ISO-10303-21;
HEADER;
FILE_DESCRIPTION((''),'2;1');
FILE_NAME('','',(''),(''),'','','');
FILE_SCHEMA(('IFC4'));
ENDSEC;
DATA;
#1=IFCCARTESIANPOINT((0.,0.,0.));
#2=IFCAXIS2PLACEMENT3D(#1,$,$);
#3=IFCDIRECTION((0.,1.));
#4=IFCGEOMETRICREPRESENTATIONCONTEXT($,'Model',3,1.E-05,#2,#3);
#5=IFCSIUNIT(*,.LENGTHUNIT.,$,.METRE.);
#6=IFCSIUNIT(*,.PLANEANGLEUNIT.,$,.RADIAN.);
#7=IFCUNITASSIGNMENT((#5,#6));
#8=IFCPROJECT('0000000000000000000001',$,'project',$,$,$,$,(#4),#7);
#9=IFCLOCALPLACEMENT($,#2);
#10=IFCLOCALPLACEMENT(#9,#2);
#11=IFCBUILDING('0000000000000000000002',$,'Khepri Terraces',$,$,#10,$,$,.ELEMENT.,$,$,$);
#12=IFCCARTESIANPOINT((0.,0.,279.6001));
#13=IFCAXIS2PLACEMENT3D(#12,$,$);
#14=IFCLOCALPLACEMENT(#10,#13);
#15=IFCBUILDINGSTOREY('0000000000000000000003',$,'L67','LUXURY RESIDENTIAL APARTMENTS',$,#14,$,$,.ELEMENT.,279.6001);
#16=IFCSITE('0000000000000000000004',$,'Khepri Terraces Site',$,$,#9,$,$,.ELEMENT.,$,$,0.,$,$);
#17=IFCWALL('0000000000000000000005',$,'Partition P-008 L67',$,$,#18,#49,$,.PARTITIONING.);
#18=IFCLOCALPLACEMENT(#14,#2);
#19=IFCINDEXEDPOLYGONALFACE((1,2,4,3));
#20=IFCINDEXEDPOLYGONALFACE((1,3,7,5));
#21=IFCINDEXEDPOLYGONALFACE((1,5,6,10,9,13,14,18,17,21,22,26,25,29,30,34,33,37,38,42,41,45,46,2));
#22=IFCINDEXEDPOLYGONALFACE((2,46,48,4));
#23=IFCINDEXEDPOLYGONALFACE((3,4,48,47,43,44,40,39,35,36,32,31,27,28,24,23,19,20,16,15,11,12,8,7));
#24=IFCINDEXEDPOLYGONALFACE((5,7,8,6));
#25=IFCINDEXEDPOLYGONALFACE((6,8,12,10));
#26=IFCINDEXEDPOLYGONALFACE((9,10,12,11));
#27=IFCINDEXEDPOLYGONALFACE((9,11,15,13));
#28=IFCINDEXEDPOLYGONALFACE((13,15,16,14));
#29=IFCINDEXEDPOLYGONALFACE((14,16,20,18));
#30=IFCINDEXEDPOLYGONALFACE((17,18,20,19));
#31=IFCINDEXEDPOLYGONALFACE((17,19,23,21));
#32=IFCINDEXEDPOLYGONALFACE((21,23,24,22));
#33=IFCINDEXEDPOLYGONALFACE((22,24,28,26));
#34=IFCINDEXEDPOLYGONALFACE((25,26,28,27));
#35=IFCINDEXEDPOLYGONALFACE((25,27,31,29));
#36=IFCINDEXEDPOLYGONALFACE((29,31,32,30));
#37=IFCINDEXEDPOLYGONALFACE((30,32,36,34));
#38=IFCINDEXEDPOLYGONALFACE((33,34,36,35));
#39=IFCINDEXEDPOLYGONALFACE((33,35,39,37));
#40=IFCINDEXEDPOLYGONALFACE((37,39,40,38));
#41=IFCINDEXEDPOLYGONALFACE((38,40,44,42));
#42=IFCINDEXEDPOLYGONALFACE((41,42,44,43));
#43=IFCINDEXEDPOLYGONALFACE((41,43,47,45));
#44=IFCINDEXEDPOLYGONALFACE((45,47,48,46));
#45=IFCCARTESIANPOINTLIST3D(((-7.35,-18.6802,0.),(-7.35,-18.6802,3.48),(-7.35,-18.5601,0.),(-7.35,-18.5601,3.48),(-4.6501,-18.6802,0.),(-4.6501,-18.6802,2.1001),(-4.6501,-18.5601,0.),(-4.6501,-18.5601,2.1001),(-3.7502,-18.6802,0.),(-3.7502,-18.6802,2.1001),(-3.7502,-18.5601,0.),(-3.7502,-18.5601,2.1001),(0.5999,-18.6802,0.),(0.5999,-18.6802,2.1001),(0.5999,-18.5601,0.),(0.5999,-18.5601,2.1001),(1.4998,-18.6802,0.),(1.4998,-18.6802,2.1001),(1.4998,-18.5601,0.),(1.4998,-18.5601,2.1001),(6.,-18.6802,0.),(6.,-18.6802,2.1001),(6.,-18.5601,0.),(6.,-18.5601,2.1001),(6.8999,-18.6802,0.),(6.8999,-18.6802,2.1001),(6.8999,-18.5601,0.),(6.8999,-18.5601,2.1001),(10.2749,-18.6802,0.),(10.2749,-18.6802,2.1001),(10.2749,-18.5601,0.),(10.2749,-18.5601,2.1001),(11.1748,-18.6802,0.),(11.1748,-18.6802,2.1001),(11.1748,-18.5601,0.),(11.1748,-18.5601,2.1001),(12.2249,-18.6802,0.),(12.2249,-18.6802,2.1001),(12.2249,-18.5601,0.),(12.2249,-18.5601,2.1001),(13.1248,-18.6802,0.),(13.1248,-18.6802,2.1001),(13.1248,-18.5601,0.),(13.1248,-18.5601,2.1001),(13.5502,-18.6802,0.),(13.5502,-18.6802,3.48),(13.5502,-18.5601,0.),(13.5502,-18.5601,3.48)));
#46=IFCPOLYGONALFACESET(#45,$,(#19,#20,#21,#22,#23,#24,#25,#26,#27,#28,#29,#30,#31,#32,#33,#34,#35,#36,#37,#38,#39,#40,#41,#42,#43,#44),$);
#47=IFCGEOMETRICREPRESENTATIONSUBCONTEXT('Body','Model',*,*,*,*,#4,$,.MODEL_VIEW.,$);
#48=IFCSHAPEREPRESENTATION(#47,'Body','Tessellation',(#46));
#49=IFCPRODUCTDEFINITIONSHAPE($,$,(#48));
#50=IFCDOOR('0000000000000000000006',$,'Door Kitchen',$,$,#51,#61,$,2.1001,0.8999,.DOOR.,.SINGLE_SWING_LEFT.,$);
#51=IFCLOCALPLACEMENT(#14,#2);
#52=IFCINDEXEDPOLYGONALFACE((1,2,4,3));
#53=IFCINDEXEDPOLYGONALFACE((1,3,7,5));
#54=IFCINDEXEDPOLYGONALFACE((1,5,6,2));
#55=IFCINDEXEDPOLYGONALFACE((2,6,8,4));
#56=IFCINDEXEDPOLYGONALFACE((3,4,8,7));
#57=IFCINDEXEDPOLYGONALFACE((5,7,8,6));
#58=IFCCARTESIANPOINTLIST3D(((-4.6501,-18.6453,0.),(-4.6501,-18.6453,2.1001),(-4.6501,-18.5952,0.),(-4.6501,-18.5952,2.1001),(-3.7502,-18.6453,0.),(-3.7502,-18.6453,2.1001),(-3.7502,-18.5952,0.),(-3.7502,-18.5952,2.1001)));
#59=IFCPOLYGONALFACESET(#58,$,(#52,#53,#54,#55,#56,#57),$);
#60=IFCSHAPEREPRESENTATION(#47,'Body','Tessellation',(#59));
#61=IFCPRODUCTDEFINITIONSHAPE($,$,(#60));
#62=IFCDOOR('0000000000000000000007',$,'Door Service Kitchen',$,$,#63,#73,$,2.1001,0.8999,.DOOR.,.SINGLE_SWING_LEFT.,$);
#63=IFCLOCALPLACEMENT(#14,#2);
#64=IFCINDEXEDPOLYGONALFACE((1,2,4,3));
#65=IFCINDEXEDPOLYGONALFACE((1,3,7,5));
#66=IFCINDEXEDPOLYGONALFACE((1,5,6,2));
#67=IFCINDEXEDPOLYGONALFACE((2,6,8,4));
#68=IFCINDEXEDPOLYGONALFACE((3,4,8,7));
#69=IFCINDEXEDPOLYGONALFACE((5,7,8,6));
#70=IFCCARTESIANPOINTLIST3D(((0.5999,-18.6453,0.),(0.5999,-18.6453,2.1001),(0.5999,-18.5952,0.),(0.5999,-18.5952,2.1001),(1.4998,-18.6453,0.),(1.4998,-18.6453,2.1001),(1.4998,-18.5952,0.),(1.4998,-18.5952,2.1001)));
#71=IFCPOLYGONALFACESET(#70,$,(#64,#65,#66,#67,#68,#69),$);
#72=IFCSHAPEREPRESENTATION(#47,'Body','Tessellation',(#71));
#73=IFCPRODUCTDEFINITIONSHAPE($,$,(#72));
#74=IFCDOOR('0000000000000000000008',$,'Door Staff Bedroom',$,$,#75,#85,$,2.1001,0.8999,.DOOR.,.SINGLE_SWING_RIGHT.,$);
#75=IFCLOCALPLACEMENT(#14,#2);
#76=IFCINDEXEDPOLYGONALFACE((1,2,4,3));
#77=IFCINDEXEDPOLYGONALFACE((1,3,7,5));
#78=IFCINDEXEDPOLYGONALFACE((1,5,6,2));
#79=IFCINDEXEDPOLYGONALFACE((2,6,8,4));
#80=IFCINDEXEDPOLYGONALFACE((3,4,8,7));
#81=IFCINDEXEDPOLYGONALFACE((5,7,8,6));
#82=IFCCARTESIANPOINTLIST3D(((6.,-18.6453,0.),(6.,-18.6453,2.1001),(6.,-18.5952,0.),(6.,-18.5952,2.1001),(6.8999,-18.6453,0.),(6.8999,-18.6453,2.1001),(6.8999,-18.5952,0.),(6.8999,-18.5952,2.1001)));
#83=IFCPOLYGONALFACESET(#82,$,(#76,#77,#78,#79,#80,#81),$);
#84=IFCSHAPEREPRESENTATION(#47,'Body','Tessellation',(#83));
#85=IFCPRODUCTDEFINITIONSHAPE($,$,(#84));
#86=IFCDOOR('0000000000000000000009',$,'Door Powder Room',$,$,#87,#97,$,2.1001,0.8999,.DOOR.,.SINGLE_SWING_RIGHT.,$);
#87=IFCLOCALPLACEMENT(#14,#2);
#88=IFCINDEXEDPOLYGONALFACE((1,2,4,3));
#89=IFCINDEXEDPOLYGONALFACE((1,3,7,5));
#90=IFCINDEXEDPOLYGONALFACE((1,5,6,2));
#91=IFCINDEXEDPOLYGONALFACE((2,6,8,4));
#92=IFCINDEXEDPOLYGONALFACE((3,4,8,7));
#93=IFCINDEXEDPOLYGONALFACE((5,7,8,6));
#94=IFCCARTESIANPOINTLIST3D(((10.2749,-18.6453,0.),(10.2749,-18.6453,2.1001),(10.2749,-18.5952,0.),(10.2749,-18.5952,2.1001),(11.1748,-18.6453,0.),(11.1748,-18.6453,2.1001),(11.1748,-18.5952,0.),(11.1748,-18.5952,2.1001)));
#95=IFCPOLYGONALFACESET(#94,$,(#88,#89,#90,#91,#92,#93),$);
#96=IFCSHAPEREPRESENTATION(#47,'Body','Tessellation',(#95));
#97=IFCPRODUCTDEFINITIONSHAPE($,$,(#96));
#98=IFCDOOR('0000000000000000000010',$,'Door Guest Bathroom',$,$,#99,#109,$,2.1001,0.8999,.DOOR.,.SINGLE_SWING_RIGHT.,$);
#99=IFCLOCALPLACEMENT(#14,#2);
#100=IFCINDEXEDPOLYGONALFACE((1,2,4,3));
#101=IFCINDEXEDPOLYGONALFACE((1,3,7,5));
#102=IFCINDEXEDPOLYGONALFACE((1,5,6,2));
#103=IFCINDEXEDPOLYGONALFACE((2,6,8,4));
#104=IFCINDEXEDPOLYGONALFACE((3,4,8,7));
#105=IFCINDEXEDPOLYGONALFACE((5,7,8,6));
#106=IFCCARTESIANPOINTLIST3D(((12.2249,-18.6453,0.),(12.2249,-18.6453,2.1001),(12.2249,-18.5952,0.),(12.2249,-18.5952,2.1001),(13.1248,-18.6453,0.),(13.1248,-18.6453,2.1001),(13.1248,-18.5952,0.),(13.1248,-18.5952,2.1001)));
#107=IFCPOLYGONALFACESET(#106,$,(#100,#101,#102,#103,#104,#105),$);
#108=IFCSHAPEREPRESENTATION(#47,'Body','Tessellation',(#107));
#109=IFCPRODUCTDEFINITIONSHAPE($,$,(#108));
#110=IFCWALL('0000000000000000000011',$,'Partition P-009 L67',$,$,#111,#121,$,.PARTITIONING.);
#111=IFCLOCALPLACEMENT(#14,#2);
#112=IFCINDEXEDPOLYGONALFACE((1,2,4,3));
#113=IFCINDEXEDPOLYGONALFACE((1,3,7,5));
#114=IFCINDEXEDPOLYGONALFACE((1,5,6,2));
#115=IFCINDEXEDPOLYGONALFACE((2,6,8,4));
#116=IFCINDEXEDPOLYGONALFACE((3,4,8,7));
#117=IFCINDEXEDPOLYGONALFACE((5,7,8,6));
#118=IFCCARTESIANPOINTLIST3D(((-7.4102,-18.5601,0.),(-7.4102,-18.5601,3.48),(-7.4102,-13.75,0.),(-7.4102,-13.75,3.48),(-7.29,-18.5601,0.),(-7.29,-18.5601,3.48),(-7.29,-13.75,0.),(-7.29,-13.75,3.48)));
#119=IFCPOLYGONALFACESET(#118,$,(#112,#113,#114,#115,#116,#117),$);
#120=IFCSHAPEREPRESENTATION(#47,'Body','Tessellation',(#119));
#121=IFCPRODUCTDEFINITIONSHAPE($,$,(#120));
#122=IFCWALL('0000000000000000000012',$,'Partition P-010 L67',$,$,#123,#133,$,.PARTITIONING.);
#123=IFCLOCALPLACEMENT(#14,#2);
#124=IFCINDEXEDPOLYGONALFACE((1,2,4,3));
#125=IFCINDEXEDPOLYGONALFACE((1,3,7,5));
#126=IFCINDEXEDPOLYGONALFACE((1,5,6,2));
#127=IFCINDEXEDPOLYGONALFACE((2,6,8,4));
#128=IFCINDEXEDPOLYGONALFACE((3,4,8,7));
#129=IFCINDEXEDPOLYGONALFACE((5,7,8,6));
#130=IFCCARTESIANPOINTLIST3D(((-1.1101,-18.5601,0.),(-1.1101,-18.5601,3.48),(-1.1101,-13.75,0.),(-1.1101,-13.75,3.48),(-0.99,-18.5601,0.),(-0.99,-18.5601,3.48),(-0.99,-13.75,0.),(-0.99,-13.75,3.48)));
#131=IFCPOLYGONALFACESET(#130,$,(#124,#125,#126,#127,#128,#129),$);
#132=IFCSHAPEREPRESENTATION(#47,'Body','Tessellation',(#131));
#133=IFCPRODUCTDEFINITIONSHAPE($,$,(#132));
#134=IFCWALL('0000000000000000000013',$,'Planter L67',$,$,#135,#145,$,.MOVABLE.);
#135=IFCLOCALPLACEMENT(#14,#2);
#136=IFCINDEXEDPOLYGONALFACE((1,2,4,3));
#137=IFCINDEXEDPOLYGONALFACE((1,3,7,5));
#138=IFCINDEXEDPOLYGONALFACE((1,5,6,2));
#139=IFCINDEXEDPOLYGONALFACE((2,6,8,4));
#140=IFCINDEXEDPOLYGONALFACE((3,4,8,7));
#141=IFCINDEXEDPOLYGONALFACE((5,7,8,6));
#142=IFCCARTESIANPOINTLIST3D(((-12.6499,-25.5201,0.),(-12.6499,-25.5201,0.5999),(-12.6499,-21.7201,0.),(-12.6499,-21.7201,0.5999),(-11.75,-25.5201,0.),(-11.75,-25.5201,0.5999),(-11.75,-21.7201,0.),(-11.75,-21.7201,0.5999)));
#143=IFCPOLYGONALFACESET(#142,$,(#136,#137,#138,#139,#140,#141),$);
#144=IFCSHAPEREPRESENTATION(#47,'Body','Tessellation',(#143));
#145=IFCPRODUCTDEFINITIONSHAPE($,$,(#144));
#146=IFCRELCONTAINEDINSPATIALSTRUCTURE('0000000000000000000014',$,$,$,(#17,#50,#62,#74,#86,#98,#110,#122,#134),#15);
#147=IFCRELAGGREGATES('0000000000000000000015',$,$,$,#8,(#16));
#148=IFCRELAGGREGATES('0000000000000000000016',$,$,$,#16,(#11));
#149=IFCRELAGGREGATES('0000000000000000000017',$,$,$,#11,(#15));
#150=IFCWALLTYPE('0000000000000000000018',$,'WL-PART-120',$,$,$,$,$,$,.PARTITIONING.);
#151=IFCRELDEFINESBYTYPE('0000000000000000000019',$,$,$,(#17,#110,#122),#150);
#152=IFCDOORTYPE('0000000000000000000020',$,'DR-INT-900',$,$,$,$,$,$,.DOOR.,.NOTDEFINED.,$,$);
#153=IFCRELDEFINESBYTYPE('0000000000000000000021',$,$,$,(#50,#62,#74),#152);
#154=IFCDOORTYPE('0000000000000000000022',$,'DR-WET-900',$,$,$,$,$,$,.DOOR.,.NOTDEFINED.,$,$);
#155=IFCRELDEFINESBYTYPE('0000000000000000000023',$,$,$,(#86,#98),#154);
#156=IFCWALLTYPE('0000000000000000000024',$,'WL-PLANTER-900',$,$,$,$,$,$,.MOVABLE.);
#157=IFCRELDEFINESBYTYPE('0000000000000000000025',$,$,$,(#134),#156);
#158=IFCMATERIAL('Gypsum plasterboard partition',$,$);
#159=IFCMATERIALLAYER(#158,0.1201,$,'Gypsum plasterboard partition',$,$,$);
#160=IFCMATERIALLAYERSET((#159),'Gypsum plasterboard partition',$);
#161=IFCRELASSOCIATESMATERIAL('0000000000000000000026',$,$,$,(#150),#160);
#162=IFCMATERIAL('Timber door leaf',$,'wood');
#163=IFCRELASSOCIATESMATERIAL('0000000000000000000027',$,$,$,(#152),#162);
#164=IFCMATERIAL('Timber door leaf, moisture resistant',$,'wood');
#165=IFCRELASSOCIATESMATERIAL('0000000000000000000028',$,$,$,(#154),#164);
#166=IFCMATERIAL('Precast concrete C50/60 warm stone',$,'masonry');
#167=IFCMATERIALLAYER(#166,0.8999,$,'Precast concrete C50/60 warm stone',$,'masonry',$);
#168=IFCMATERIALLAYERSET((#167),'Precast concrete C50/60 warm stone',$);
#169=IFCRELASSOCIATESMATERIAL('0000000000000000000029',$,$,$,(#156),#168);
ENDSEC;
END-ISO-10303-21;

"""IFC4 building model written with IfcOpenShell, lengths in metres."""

from ifc_helpers import new_model, si_unit, direction, frame, frame_2d, origin, place, context, subcontext, project, spatial, rectangle, extrude, material, layer, layer_set, type_object, element, fill, save


model = new_model("IFC4")

# Units and contexts
model_context = context("Model", 3, precision=1e-05, world=origin(), true_north=direction((0.0, 1.0)))
body_context = subcontext(model_context, "Body", "Model", "MODEL_VIEW")
ifc_project = project(units=[si_unit("LENGTHUNIT", "METRE"), si_unit("PLANEANGLEUNIT", "RADIAN")], contexts=[model_context])

# Site, building, storey
site_placement = place(None, origin())
site = spatial("IfcSite", under=ifc_project, at=site_placement, Name="Khepri Terraces Site", CompositionType="ELEMENT", RefElevation=0.0)
building_placement = place(site_placement, origin())
building = spatial("IfcBuilding", under=site, at=building_placement, Name="Khepri Terraces", CompositionType="ELEMENT")
storey_placement = place(building_placement, frame((0.0, 0.0, 279.6001)))
storey = spatial("IfcBuildingStorey", under=building, at=storey_placement, Name="L67", Description="LUXURY RESIDENTIAL APARTMENTS", CompositionType="ELEMENT", Elevation=279.6001)

# Wall, openings, doors
ifc_material_1 = material(Name="Gypsum plasterboard partition")
ifc_layer_1 = layer(ifc_material_1, 0.1201, Name="Gypsum plasterboard partition")
ifc_layer_set_1 = layer_set([ifc_layer_1], Name="Gypsum plasterboard partition")
wall_type_1 = type_object("IfcWallType", Name="WL-PART-120", PredefinedType="PARTITIONING", material=ifc_layer_set_1)
wall_1_placement = place(storey_placement, frame((-7.3501, -18.6201, 0.0), z_axis=(0.0, 0.0, 1.0), x_axis=(1.0, 0.0, 0.0)))
wall_1 = element("IfcWall", 1, at=wall_1_placement, inside=storey, type_object=wall_type_1, Name="Partition P-008 L67", PredefinedType="PARTITIONING", context=body_context, shape_type="SweptSolid", body=[
    extrude(rectangle(XDim=20.9001, YDim=0.1201, at=frame_2d((10.4502, 0.0))), origin(), (0.0, 0.0, 1.0), 3.48),
])
opening_1_placement = place(wall_1_placement, frame((2.7, 0.0, 0.0)))
opening_1 = element("IfcOpeningElement", 2, at=opening_1_placement, cuts=wall_1, PredefinedType="OPENING", context=body_context, shape_type="SweptSolid", body=[
    extrude(rectangle(XDim=0.8999, YDim=2.1001, at=frame_2d((0.45, 1.05))), frame((0.0, 0.0701, 0.0), z_axis=(0.0, -1.0, 0.0), x_axis=(1.0, 0.0, 0.0)), (0.0, 0.0, 1.0), 0.1401),
])
opening_2_placement = place(wall_1_placement, frame((7.95, 0.0, 0.0)))
opening_2 = element("IfcOpeningElement", 3, at=opening_2_placement, cuts=wall_1, PredefinedType="OPENING", context=body_context, shape_type="SweptSolid", body=[
    extrude(rectangle(XDim=0.8999, YDim=2.1001, at=frame_2d((0.45, 1.05))), frame((0.0, 0.0701, 0.0), z_axis=(0.0, -1.0, 0.0), x_axis=(1.0, 0.0, 0.0)), (0.0, 0.0, 1.0), 0.1401),
])
opening_3_placement = place(wall_1_placement, frame((13.3501, 0.0, 0.0)))
opening_3 = element("IfcOpeningElement", 4, at=opening_3_placement, cuts=wall_1, PredefinedType="OPENING", context=body_context, shape_type="SweptSolid", body=[
    extrude(rectangle(XDim=0.8999, YDim=2.1001, at=frame_2d((0.45, 1.05))), frame((0.0, 0.0701, 0.0), z_axis=(0.0, -1.0, 0.0), x_axis=(1.0, 0.0, 0.0)), (0.0, 0.0, 1.0), 0.1401),
])
opening_4_placement = place(wall_1_placement, frame((17.625, 0.0, 0.0)))
opening_4 = element("IfcOpeningElement", 5, at=opening_4_placement, cuts=wall_1, PredefinedType="OPENING", context=body_context, shape_type="SweptSolid", body=[
    extrude(rectangle(XDim=0.8999, YDim=2.1001, at=frame_2d((0.45, 1.05))), frame((0.0, 0.0701, 0.0), z_axis=(0.0, -1.0, 0.0), x_axis=(1.0, 0.0, 0.0)), (0.0, 0.0, 1.0), 0.1401),
])
opening_5_placement = place(wall_1_placement, frame((19.575, 0.0, 0.0)))
opening_5 = element("IfcOpeningElement", 6, at=opening_5_placement, cuts=wall_1, PredefinedType="OPENING", context=body_context, shape_type="SweptSolid", body=[
    extrude(rectangle(XDim=0.8999, YDim=2.1001, at=frame_2d((0.45, 1.05))), frame((0.0, 0.0701, 0.0), z_axis=(0.0, -1.0, 0.0), x_axis=(1.0, 0.0, 0.0)), (0.0, 0.0, 1.0), 0.1401),
])
ifc_material_2 = material(Name="Timber door leaf", Category="wood")
door_type_1 = type_object("IfcDoorType", Name="DR-INT-900", OperationType="NOTDEFINED", PredefinedType="DOOR", material=ifc_material_2)
door_1_placement = place(opening_1_placement, origin())
door_1 = element("IfcDoor", 7, at=door_1_placement, inside=storey, type_object=door_type_1, Name="Door Kitchen", OperationType="SINGLE_SWING_LEFT", OverallHeight=2.1001, OverallWidth=0.8999, PredefinedType="DOOR", context=body_context, shape_type="SweptSolid", body=[
    extrude(rectangle(XDim=0.8999, YDim=2.1001, at=frame_2d((0.45, 1.05))), frame((0.0, 0.0249, 0.0), z_axis=(0.0, -1.0, 0.0), x_axis=(1.0, 0.0, 0.0)), (0.0, 0.0, 1.0), 0.05),
])
fill(opening_1, door_1)
door_2_placement = place(opening_2_placement, origin())
door_2 = element("IfcDoor", 8, at=door_2_placement, inside=storey, type_object=door_type_1, Name="Door Service Kitchen", OperationType="SINGLE_SWING_LEFT", OverallHeight=2.1001, OverallWidth=0.8999, PredefinedType="DOOR", context=body_context, shape_type="SweptSolid", body=[
    extrude(rectangle(XDim=0.8999, YDim=2.1001, at=frame_2d((0.45, 1.05))), frame((0.0, 0.0249, 0.0), z_axis=(0.0, -1.0, 0.0), x_axis=(1.0, 0.0, 0.0)), (0.0, 0.0, 1.0), 0.05),
])
fill(opening_2, door_2)
door_3_placement = place(opening_3_placement, origin())
door_3 = element("IfcDoor", 9, at=door_3_placement, inside=storey, type_object=door_type_1, Name="Door Staff Bedroom", OperationType="SINGLE_SWING_RIGHT", OverallHeight=2.1001, OverallWidth=0.8999, PredefinedType="DOOR", context=body_context, shape_type="SweptSolid", body=[
    extrude(rectangle(XDim=0.8999, YDim=2.1001, at=frame_2d((0.45, 1.05))), frame((0.0, 0.0249, 0.0), z_axis=(0.0, -1.0, 0.0), x_axis=(1.0, 0.0, 0.0)), (0.0, 0.0, 1.0), 0.05),
])
fill(opening_3, door_3)
ifc_material_3 = material(Name="Timber door leaf, moisture resistant", Category="wood")
door_type_2 = type_object("IfcDoorType", Name="DR-WET-900", OperationType="NOTDEFINED", PredefinedType="DOOR", material=ifc_material_3)
door_4_placement = place(opening_4_placement, origin())
door_4 = element("IfcDoor", 10, at=door_4_placement, inside=storey, type_object=door_type_2, Name="Door Powder Room", OperationType="SINGLE_SWING_RIGHT", OverallHeight=2.1001, OverallWidth=0.8999, PredefinedType="DOOR", context=body_context, shape_type="SweptSolid", body=[
    extrude(rectangle(XDim=0.8999, YDim=2.1001, at=frame_2d((0.45, 1.05))), frame((0.0, 0.0249, 0.0), z_axis=(0.0, -1.0, 0.0), x_axis=(1.0, 0.0, 0.0)), (0.0, 0.0, 1.0), 0.05),
])
fill(opening_4, door_4)
door_5_placement = place(opening_5_placement, origin())
door_5 = element("IfcDoor", 11, at=door_5_placement, inside=storey, type_object=door_type_2, Name="Door Guest Bathroom", OperationType="SINGLE_SWING_RIGHT", OverallHeight=2.1001, OverallWidth=0.8999, PredefinedType="DOOR", context=body_context, shape_type="SweptSolid", body=[
    extrude(rectangle(XDim=0.8999, YDim=2.1001, at=frame_2d((0.45, 1.05))), frame((0.0, 0.0249, 0.0), z_axis=(0.0, -1.0, 0.0), x_axis=(1.0, 0.0, 0.0)), (0.0, 0.0, 1.0), 0.05),
])
fill(opening_5, door_5)

# Walls
for number, where, z_axis, x_axis, name in (
    (12, (-7.3501, -18.5601, 0.0), (0.0, 0.0, 1.0), (0.0, 1.0, 0.0), "Partition P-009 L67"),
    (13, (-1.05, -18.5601, 0.0), (0.0, 0.0, 1.0), (0.0, 1.0, 0.0), "Partition P-010 L67"),
):
    element("IfcWall", number, at=place(storey_placement, frame(where, z_axis=z_axis, x_axis=x_axis)), inside=storey, type_object=wall_type_1, Name=name, PredefinedType="PARTITIONING", context=body_context, shape_type="SweptSolid", body=[
        extrude(rectangle(XDim=4.8101, YDim=0.1201, at=frame_2d((2.405, 0.0))), origin(), (0.0, 0.0, 1.0), 3.48),
    ])
ifc_material_4 = material(Name="Precast concrete C50/60 warm stone", Category="masonry")
ifc_layer_2 = layer(ifc_material_4, 0.8999, Name="Precast concrete C50/60 warm stone", Category="masonry")
ifc_layer_set_2 = layer_set([ifc_layer_2], Name="Precast concrete C50/60 warm stone")
wall_type_2 = type_object("IfcWallType", Name="WL-PLANTER-900", PredefinedType="MOVABLE", material=ifc_layer_set_2)
wall_2_placement = place(storey_placement, frame((-12.2, -25.52, 0.0), z_axis=(0.0, 0.0, 1.0), x_axis=(0.0, 1.0, 0.0)))
element("IfcWall", 14, at=wall_2_placement, inside=storey, type_object=wall_type_2, Name="Planter L67", PredefinedType="MOVABLE", context=body_context, shape_type="SweptSolid", body=[
    extrude(rectangle(XDim=3.8, YDim=0.8999, at=frame_2d((1.8999, 0.0))), origin(), (0.0, 0.0, 1.0), 0.5999),
])

save(model, "model.ifc")
